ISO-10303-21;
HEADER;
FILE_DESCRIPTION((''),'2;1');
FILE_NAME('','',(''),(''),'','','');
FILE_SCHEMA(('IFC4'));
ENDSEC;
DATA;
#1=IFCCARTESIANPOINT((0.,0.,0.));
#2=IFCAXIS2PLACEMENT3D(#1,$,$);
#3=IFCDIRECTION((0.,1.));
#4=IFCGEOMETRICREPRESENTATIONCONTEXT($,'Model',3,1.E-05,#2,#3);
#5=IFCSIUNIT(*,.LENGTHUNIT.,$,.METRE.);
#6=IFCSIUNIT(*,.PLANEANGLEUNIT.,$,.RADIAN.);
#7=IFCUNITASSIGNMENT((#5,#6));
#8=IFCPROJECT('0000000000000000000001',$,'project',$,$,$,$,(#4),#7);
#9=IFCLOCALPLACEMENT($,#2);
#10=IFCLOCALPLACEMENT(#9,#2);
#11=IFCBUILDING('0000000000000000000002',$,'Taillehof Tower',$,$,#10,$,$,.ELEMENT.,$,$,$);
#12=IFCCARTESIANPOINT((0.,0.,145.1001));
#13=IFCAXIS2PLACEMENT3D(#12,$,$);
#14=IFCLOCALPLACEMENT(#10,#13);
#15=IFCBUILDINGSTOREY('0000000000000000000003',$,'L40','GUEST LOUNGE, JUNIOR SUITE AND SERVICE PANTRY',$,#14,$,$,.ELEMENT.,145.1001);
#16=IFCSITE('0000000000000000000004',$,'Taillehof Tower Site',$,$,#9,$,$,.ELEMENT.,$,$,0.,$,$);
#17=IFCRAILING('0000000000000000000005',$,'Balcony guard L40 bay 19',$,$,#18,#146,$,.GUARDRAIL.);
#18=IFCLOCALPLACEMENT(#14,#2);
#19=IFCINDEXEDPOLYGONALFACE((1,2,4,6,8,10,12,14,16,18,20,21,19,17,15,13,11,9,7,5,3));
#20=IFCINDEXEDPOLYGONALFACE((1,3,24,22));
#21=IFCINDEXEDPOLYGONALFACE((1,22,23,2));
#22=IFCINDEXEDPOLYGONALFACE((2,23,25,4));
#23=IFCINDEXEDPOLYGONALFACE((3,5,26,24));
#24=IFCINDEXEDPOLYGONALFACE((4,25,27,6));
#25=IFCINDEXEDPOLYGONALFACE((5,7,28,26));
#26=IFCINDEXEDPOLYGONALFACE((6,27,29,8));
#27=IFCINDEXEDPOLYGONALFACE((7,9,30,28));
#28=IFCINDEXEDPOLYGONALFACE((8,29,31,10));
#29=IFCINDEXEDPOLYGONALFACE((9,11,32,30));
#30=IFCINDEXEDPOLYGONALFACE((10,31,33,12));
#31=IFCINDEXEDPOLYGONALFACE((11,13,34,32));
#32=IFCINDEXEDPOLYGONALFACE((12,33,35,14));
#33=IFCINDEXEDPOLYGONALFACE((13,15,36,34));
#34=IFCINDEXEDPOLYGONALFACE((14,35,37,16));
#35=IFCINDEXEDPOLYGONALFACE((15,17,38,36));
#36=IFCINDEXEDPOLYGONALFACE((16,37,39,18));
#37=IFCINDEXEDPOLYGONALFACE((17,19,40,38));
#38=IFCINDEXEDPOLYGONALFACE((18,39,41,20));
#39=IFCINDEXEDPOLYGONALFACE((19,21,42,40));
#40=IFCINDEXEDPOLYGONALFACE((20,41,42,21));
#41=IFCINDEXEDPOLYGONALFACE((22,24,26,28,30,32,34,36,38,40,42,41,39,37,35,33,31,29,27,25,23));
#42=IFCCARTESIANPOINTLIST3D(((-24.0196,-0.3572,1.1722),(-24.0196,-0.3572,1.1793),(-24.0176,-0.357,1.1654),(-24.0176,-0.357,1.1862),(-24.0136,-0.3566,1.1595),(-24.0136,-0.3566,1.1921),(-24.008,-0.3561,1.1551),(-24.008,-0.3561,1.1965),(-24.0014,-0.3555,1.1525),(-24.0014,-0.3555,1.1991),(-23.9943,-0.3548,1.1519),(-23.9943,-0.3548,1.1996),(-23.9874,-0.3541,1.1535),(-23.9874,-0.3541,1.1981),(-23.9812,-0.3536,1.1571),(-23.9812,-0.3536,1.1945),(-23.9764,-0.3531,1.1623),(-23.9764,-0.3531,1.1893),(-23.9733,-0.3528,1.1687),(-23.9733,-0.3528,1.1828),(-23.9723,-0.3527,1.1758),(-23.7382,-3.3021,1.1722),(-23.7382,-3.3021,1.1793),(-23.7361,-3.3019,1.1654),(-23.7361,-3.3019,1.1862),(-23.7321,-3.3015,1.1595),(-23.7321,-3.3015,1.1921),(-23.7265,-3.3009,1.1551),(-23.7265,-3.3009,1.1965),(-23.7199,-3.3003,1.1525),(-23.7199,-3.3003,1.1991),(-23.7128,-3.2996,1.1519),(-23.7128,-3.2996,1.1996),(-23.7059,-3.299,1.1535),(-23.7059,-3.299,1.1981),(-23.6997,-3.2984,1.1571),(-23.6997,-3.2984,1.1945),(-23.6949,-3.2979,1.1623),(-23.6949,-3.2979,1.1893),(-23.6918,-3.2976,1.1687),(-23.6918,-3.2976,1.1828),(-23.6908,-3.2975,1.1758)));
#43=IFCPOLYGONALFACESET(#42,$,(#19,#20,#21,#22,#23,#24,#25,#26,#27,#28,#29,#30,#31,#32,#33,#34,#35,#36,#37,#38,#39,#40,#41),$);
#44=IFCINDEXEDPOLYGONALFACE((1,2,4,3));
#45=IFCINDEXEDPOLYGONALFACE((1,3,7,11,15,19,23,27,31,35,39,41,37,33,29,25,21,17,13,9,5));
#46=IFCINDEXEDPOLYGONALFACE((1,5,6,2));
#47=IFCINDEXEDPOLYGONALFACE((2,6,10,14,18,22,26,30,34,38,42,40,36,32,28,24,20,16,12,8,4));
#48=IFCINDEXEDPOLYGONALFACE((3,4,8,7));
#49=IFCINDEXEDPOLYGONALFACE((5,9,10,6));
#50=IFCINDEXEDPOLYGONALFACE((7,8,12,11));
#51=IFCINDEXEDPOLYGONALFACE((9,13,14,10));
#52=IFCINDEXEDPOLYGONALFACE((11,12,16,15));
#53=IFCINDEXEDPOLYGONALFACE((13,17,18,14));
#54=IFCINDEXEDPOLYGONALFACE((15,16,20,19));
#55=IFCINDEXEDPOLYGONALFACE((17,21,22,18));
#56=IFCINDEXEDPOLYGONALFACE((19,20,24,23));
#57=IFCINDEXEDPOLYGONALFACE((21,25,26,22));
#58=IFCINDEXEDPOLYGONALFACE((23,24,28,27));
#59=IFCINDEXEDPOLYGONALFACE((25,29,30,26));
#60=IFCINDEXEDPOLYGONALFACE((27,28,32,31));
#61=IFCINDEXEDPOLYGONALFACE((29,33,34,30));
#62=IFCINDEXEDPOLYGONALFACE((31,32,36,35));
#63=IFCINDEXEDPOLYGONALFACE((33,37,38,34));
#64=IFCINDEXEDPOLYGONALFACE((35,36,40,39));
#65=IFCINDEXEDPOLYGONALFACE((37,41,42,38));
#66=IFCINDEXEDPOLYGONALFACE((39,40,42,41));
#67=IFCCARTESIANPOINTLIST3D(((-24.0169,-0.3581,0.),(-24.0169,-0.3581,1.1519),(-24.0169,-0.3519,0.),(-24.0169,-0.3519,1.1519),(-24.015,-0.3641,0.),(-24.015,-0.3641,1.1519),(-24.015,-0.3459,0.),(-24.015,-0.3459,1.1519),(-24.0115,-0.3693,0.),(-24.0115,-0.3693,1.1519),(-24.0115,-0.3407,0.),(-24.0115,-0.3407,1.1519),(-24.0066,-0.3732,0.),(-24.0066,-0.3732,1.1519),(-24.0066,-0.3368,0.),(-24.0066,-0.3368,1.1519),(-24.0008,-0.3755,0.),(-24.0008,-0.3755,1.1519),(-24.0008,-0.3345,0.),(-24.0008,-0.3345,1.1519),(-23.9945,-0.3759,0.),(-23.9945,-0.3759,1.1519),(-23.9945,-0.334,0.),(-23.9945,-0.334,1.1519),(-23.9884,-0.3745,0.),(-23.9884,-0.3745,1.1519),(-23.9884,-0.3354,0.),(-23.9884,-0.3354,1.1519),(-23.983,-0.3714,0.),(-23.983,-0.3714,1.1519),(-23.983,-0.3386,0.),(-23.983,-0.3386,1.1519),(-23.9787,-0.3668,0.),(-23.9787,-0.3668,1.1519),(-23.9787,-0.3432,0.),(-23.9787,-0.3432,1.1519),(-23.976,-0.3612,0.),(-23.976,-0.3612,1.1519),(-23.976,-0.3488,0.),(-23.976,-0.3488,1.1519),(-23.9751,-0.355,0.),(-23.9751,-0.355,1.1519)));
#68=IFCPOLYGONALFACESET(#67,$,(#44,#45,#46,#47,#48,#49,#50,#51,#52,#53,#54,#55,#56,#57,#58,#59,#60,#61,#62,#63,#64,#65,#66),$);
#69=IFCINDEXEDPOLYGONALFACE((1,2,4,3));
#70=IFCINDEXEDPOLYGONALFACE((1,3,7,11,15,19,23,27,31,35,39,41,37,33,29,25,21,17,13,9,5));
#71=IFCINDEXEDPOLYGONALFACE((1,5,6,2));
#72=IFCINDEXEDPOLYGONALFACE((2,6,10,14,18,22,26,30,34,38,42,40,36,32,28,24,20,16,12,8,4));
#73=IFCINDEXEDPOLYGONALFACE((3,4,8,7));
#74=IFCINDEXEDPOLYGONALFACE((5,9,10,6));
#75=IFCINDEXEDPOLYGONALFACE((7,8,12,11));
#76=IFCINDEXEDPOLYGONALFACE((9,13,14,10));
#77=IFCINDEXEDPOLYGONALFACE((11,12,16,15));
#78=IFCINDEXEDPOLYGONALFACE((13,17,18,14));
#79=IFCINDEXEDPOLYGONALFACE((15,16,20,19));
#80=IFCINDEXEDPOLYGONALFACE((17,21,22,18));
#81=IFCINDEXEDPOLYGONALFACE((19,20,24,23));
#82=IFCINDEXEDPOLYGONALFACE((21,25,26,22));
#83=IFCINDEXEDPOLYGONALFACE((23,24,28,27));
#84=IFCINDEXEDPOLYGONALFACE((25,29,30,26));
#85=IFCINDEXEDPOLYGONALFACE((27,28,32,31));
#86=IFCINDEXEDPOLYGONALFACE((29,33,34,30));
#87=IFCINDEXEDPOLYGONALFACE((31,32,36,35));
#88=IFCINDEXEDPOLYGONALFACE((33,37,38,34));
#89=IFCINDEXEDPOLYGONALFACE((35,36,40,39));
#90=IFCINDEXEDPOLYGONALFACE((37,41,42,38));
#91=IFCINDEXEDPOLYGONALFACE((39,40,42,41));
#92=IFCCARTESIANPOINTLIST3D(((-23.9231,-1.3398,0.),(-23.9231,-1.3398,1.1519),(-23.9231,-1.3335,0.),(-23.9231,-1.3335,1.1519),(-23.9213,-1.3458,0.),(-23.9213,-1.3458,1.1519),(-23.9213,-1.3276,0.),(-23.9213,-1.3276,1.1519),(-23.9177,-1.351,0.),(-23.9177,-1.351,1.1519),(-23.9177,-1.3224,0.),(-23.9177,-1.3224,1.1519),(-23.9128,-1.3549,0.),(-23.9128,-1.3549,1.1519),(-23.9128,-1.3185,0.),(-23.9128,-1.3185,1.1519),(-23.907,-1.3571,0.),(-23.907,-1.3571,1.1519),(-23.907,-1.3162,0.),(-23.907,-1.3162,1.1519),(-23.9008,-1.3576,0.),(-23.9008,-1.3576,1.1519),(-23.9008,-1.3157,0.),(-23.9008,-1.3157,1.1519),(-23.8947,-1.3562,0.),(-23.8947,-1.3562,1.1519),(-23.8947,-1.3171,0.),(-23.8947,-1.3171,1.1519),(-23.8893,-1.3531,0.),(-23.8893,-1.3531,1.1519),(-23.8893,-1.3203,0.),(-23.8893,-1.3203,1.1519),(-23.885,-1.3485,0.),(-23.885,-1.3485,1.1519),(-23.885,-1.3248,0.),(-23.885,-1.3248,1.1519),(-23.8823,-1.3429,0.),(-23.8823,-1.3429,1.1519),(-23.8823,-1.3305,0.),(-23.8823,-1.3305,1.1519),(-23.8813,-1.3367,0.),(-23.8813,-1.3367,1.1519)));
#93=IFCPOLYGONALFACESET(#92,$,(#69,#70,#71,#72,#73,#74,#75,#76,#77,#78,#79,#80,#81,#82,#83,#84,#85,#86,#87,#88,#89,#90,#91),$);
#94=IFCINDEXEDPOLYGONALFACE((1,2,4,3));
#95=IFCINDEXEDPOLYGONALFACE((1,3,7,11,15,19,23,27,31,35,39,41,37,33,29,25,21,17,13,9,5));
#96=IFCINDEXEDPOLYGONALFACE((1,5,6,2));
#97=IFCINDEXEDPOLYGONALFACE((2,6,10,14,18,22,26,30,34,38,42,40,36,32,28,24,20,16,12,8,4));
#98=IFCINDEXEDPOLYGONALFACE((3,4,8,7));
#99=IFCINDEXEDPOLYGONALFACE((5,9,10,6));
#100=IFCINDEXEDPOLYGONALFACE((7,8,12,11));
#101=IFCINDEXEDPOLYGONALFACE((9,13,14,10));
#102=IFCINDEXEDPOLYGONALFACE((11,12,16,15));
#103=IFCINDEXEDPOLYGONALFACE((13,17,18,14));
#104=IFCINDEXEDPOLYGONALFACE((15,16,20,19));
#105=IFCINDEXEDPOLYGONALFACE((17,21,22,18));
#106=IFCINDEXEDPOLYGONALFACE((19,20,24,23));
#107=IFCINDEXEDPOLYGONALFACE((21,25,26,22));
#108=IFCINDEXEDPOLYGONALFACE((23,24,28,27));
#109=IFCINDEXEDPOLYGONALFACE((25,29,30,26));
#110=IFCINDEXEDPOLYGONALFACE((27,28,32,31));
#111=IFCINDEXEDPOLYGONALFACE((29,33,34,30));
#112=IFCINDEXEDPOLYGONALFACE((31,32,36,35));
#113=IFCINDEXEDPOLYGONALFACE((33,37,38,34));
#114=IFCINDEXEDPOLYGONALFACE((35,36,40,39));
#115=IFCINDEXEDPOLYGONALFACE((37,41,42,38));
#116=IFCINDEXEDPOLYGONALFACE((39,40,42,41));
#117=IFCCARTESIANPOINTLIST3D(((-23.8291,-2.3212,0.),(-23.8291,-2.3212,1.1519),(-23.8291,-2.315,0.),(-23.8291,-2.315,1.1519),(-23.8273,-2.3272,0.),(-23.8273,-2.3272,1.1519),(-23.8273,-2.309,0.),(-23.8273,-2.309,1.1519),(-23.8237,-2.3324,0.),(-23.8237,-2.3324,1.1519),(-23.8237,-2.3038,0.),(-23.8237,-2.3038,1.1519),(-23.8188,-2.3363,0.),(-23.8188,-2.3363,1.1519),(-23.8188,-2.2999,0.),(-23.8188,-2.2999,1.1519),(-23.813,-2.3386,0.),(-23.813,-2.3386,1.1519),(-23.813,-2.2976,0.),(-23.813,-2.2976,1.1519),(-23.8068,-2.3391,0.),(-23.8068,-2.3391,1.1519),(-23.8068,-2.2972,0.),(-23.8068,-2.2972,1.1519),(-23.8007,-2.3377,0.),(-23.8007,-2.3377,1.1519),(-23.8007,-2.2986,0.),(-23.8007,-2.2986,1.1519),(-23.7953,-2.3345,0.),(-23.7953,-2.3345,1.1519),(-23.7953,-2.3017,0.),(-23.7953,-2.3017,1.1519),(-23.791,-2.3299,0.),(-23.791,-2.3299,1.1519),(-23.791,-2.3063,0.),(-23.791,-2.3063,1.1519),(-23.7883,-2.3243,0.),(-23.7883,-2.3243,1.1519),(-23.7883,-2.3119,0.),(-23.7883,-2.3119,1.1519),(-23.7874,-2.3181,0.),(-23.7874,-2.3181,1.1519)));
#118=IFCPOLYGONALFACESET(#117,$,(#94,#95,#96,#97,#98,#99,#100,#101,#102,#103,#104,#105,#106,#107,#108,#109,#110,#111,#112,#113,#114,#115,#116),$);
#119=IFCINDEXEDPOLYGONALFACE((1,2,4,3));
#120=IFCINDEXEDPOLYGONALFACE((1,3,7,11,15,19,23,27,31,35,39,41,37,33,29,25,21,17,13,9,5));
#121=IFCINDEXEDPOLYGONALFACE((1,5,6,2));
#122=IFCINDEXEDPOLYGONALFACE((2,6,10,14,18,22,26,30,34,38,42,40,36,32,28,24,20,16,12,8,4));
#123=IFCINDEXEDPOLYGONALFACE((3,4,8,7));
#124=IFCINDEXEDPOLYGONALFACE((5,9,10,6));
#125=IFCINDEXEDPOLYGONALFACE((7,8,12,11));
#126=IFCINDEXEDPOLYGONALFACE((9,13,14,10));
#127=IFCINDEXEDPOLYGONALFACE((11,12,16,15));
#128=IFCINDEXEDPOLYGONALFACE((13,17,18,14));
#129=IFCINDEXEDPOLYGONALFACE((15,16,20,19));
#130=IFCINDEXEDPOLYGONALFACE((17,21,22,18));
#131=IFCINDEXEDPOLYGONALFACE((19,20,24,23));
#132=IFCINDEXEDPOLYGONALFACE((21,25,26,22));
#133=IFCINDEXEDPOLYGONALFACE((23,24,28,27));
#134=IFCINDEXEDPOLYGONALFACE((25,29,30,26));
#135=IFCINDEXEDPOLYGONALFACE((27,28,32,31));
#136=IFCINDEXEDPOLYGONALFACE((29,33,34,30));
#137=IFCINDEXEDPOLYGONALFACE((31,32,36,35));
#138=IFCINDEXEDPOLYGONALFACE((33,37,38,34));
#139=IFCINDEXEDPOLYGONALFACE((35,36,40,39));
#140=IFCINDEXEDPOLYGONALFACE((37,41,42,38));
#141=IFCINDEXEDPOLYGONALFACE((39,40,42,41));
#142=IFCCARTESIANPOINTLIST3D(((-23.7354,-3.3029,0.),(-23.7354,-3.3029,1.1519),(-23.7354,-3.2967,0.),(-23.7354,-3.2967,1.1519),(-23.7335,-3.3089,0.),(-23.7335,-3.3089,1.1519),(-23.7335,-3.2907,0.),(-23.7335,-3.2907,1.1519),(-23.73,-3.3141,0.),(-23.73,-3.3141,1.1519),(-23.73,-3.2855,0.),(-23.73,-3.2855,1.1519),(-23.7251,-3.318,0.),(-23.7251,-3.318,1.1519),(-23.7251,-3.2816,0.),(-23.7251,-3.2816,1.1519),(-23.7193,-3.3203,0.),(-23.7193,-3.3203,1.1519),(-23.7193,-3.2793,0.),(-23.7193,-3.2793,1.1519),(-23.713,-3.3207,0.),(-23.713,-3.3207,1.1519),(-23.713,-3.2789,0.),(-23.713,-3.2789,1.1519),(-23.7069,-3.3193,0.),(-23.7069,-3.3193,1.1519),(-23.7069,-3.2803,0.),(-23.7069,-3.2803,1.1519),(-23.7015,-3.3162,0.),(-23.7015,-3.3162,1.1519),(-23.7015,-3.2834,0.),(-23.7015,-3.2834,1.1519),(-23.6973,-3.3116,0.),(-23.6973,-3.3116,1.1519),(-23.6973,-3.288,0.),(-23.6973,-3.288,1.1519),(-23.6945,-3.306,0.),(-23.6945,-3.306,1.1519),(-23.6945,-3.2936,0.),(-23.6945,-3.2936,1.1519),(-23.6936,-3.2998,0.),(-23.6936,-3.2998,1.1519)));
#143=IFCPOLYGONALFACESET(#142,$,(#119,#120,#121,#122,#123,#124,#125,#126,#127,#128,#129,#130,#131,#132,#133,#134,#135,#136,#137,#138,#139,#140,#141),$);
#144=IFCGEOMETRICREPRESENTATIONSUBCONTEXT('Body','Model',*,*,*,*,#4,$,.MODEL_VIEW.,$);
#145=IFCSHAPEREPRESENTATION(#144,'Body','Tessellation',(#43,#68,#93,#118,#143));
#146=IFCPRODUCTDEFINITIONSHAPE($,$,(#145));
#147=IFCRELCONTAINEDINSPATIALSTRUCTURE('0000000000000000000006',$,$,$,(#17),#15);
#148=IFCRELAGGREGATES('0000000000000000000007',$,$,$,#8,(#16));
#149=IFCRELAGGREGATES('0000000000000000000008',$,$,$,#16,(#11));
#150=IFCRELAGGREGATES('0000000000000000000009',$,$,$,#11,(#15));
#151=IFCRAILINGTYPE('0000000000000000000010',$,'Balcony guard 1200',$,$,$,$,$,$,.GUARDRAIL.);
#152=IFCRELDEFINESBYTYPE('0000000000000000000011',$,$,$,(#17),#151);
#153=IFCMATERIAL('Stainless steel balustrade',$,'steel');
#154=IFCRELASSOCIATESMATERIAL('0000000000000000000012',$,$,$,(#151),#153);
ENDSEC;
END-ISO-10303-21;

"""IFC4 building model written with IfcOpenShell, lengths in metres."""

from ifc_helpers import new_model, si_unit, direction, frame, origin, origin_2d, place, context, subcontext, project, spatial, circle, extrude, material, type_object, element, save


model = new_model("IFC4")

# Units and contexts
model_context = context("Model", 3, precision=1e-05, world=origin(), true_north=direction((0.0, 1.0)))
body_context = subcontext(model_context, "Body", "Model", "MODEL_VIEW")
ifc_project = project(units=[si_unit("LENGTHUNIT", "METRE"), si_unit("PLANEANGLEUNIT", "RADIAN")], contexts=[model_context])

# Site, building, storey
site_placement = place(None, origin())
site = spatial("IfcSite", under=ifc_project, at=site_placement, Name="Taillehof Tower Site", CompositionType="ELEMENT", RefElevation=0.0)
building_placement = place(site_placement, origin())
building = spatial("IfcBuilding", under=site, at=building_placement, Name="Taillehof Tower", CompositionType="ELEMENT")
storey_placement = place(building_placement, frame((0.0, 0.0, 145.1001)))
storey = spatial("IfcBuildingStorey", under=building, at=storey_placement, Name="L40", Description="GUEST LOUNGE, JUNIOR SUITE AND SERVICE PANTRY", CompositionType="ELEMENT", Elevation=145.1001)

# Railing
ifc_material_1 = material(Name="Stainless steel balustrade", Category="steel")
railing_type = type_object("IfcRailingType", Name="Balcony guard 1200", PredefinedType="GUARDRAIL", material=ifc_material_1)
railing_1_placement = place(storey_placement, frame((-23.9961, -0.355, 0.0)))
element("IfcRailing", 1, at=railing_1_placement, inside=storey, type_object=railing_type, Name="Balcony guard L40 bay 19", PredefinedType="GUARDRAIL", context=body_context, shape_type="SweptSolid", body=[
    extrude(circle(Radius=0.0239, at=origin_2d()), frame((0.0, 0.0, 1.1758), z_axis=(0.095156, -0.995462, 0.0), x_axis=(0.995462, 0.095156, 0.0)), (0.0, 0.0, 1.0), 2.9583),
    extrude(circle(Radius=0.021, at=origin_2d()), origin(), (0.0, 0.0, 1.0), 1.1519),
    extrude(circle(Radius=0.021, at=origin_2d()), frame((0.0938, -0.9817, 0.0)), (0.0, 0.0, 1.0), 1.1519),
    extrude(circle(Radius=0.021, at=origin_2d()), frame((0.1877, -1.9631, 0.0)), (0.0, 0.0, 1.0), 1.1519),
    extrude(circle(Radius=0.021, at=origin_2d()), frame((0.2815, -2.9448, 0.0)), (0.0, 0.0, 1.0), 1.1519),
])

save(model, "model.ifc")
